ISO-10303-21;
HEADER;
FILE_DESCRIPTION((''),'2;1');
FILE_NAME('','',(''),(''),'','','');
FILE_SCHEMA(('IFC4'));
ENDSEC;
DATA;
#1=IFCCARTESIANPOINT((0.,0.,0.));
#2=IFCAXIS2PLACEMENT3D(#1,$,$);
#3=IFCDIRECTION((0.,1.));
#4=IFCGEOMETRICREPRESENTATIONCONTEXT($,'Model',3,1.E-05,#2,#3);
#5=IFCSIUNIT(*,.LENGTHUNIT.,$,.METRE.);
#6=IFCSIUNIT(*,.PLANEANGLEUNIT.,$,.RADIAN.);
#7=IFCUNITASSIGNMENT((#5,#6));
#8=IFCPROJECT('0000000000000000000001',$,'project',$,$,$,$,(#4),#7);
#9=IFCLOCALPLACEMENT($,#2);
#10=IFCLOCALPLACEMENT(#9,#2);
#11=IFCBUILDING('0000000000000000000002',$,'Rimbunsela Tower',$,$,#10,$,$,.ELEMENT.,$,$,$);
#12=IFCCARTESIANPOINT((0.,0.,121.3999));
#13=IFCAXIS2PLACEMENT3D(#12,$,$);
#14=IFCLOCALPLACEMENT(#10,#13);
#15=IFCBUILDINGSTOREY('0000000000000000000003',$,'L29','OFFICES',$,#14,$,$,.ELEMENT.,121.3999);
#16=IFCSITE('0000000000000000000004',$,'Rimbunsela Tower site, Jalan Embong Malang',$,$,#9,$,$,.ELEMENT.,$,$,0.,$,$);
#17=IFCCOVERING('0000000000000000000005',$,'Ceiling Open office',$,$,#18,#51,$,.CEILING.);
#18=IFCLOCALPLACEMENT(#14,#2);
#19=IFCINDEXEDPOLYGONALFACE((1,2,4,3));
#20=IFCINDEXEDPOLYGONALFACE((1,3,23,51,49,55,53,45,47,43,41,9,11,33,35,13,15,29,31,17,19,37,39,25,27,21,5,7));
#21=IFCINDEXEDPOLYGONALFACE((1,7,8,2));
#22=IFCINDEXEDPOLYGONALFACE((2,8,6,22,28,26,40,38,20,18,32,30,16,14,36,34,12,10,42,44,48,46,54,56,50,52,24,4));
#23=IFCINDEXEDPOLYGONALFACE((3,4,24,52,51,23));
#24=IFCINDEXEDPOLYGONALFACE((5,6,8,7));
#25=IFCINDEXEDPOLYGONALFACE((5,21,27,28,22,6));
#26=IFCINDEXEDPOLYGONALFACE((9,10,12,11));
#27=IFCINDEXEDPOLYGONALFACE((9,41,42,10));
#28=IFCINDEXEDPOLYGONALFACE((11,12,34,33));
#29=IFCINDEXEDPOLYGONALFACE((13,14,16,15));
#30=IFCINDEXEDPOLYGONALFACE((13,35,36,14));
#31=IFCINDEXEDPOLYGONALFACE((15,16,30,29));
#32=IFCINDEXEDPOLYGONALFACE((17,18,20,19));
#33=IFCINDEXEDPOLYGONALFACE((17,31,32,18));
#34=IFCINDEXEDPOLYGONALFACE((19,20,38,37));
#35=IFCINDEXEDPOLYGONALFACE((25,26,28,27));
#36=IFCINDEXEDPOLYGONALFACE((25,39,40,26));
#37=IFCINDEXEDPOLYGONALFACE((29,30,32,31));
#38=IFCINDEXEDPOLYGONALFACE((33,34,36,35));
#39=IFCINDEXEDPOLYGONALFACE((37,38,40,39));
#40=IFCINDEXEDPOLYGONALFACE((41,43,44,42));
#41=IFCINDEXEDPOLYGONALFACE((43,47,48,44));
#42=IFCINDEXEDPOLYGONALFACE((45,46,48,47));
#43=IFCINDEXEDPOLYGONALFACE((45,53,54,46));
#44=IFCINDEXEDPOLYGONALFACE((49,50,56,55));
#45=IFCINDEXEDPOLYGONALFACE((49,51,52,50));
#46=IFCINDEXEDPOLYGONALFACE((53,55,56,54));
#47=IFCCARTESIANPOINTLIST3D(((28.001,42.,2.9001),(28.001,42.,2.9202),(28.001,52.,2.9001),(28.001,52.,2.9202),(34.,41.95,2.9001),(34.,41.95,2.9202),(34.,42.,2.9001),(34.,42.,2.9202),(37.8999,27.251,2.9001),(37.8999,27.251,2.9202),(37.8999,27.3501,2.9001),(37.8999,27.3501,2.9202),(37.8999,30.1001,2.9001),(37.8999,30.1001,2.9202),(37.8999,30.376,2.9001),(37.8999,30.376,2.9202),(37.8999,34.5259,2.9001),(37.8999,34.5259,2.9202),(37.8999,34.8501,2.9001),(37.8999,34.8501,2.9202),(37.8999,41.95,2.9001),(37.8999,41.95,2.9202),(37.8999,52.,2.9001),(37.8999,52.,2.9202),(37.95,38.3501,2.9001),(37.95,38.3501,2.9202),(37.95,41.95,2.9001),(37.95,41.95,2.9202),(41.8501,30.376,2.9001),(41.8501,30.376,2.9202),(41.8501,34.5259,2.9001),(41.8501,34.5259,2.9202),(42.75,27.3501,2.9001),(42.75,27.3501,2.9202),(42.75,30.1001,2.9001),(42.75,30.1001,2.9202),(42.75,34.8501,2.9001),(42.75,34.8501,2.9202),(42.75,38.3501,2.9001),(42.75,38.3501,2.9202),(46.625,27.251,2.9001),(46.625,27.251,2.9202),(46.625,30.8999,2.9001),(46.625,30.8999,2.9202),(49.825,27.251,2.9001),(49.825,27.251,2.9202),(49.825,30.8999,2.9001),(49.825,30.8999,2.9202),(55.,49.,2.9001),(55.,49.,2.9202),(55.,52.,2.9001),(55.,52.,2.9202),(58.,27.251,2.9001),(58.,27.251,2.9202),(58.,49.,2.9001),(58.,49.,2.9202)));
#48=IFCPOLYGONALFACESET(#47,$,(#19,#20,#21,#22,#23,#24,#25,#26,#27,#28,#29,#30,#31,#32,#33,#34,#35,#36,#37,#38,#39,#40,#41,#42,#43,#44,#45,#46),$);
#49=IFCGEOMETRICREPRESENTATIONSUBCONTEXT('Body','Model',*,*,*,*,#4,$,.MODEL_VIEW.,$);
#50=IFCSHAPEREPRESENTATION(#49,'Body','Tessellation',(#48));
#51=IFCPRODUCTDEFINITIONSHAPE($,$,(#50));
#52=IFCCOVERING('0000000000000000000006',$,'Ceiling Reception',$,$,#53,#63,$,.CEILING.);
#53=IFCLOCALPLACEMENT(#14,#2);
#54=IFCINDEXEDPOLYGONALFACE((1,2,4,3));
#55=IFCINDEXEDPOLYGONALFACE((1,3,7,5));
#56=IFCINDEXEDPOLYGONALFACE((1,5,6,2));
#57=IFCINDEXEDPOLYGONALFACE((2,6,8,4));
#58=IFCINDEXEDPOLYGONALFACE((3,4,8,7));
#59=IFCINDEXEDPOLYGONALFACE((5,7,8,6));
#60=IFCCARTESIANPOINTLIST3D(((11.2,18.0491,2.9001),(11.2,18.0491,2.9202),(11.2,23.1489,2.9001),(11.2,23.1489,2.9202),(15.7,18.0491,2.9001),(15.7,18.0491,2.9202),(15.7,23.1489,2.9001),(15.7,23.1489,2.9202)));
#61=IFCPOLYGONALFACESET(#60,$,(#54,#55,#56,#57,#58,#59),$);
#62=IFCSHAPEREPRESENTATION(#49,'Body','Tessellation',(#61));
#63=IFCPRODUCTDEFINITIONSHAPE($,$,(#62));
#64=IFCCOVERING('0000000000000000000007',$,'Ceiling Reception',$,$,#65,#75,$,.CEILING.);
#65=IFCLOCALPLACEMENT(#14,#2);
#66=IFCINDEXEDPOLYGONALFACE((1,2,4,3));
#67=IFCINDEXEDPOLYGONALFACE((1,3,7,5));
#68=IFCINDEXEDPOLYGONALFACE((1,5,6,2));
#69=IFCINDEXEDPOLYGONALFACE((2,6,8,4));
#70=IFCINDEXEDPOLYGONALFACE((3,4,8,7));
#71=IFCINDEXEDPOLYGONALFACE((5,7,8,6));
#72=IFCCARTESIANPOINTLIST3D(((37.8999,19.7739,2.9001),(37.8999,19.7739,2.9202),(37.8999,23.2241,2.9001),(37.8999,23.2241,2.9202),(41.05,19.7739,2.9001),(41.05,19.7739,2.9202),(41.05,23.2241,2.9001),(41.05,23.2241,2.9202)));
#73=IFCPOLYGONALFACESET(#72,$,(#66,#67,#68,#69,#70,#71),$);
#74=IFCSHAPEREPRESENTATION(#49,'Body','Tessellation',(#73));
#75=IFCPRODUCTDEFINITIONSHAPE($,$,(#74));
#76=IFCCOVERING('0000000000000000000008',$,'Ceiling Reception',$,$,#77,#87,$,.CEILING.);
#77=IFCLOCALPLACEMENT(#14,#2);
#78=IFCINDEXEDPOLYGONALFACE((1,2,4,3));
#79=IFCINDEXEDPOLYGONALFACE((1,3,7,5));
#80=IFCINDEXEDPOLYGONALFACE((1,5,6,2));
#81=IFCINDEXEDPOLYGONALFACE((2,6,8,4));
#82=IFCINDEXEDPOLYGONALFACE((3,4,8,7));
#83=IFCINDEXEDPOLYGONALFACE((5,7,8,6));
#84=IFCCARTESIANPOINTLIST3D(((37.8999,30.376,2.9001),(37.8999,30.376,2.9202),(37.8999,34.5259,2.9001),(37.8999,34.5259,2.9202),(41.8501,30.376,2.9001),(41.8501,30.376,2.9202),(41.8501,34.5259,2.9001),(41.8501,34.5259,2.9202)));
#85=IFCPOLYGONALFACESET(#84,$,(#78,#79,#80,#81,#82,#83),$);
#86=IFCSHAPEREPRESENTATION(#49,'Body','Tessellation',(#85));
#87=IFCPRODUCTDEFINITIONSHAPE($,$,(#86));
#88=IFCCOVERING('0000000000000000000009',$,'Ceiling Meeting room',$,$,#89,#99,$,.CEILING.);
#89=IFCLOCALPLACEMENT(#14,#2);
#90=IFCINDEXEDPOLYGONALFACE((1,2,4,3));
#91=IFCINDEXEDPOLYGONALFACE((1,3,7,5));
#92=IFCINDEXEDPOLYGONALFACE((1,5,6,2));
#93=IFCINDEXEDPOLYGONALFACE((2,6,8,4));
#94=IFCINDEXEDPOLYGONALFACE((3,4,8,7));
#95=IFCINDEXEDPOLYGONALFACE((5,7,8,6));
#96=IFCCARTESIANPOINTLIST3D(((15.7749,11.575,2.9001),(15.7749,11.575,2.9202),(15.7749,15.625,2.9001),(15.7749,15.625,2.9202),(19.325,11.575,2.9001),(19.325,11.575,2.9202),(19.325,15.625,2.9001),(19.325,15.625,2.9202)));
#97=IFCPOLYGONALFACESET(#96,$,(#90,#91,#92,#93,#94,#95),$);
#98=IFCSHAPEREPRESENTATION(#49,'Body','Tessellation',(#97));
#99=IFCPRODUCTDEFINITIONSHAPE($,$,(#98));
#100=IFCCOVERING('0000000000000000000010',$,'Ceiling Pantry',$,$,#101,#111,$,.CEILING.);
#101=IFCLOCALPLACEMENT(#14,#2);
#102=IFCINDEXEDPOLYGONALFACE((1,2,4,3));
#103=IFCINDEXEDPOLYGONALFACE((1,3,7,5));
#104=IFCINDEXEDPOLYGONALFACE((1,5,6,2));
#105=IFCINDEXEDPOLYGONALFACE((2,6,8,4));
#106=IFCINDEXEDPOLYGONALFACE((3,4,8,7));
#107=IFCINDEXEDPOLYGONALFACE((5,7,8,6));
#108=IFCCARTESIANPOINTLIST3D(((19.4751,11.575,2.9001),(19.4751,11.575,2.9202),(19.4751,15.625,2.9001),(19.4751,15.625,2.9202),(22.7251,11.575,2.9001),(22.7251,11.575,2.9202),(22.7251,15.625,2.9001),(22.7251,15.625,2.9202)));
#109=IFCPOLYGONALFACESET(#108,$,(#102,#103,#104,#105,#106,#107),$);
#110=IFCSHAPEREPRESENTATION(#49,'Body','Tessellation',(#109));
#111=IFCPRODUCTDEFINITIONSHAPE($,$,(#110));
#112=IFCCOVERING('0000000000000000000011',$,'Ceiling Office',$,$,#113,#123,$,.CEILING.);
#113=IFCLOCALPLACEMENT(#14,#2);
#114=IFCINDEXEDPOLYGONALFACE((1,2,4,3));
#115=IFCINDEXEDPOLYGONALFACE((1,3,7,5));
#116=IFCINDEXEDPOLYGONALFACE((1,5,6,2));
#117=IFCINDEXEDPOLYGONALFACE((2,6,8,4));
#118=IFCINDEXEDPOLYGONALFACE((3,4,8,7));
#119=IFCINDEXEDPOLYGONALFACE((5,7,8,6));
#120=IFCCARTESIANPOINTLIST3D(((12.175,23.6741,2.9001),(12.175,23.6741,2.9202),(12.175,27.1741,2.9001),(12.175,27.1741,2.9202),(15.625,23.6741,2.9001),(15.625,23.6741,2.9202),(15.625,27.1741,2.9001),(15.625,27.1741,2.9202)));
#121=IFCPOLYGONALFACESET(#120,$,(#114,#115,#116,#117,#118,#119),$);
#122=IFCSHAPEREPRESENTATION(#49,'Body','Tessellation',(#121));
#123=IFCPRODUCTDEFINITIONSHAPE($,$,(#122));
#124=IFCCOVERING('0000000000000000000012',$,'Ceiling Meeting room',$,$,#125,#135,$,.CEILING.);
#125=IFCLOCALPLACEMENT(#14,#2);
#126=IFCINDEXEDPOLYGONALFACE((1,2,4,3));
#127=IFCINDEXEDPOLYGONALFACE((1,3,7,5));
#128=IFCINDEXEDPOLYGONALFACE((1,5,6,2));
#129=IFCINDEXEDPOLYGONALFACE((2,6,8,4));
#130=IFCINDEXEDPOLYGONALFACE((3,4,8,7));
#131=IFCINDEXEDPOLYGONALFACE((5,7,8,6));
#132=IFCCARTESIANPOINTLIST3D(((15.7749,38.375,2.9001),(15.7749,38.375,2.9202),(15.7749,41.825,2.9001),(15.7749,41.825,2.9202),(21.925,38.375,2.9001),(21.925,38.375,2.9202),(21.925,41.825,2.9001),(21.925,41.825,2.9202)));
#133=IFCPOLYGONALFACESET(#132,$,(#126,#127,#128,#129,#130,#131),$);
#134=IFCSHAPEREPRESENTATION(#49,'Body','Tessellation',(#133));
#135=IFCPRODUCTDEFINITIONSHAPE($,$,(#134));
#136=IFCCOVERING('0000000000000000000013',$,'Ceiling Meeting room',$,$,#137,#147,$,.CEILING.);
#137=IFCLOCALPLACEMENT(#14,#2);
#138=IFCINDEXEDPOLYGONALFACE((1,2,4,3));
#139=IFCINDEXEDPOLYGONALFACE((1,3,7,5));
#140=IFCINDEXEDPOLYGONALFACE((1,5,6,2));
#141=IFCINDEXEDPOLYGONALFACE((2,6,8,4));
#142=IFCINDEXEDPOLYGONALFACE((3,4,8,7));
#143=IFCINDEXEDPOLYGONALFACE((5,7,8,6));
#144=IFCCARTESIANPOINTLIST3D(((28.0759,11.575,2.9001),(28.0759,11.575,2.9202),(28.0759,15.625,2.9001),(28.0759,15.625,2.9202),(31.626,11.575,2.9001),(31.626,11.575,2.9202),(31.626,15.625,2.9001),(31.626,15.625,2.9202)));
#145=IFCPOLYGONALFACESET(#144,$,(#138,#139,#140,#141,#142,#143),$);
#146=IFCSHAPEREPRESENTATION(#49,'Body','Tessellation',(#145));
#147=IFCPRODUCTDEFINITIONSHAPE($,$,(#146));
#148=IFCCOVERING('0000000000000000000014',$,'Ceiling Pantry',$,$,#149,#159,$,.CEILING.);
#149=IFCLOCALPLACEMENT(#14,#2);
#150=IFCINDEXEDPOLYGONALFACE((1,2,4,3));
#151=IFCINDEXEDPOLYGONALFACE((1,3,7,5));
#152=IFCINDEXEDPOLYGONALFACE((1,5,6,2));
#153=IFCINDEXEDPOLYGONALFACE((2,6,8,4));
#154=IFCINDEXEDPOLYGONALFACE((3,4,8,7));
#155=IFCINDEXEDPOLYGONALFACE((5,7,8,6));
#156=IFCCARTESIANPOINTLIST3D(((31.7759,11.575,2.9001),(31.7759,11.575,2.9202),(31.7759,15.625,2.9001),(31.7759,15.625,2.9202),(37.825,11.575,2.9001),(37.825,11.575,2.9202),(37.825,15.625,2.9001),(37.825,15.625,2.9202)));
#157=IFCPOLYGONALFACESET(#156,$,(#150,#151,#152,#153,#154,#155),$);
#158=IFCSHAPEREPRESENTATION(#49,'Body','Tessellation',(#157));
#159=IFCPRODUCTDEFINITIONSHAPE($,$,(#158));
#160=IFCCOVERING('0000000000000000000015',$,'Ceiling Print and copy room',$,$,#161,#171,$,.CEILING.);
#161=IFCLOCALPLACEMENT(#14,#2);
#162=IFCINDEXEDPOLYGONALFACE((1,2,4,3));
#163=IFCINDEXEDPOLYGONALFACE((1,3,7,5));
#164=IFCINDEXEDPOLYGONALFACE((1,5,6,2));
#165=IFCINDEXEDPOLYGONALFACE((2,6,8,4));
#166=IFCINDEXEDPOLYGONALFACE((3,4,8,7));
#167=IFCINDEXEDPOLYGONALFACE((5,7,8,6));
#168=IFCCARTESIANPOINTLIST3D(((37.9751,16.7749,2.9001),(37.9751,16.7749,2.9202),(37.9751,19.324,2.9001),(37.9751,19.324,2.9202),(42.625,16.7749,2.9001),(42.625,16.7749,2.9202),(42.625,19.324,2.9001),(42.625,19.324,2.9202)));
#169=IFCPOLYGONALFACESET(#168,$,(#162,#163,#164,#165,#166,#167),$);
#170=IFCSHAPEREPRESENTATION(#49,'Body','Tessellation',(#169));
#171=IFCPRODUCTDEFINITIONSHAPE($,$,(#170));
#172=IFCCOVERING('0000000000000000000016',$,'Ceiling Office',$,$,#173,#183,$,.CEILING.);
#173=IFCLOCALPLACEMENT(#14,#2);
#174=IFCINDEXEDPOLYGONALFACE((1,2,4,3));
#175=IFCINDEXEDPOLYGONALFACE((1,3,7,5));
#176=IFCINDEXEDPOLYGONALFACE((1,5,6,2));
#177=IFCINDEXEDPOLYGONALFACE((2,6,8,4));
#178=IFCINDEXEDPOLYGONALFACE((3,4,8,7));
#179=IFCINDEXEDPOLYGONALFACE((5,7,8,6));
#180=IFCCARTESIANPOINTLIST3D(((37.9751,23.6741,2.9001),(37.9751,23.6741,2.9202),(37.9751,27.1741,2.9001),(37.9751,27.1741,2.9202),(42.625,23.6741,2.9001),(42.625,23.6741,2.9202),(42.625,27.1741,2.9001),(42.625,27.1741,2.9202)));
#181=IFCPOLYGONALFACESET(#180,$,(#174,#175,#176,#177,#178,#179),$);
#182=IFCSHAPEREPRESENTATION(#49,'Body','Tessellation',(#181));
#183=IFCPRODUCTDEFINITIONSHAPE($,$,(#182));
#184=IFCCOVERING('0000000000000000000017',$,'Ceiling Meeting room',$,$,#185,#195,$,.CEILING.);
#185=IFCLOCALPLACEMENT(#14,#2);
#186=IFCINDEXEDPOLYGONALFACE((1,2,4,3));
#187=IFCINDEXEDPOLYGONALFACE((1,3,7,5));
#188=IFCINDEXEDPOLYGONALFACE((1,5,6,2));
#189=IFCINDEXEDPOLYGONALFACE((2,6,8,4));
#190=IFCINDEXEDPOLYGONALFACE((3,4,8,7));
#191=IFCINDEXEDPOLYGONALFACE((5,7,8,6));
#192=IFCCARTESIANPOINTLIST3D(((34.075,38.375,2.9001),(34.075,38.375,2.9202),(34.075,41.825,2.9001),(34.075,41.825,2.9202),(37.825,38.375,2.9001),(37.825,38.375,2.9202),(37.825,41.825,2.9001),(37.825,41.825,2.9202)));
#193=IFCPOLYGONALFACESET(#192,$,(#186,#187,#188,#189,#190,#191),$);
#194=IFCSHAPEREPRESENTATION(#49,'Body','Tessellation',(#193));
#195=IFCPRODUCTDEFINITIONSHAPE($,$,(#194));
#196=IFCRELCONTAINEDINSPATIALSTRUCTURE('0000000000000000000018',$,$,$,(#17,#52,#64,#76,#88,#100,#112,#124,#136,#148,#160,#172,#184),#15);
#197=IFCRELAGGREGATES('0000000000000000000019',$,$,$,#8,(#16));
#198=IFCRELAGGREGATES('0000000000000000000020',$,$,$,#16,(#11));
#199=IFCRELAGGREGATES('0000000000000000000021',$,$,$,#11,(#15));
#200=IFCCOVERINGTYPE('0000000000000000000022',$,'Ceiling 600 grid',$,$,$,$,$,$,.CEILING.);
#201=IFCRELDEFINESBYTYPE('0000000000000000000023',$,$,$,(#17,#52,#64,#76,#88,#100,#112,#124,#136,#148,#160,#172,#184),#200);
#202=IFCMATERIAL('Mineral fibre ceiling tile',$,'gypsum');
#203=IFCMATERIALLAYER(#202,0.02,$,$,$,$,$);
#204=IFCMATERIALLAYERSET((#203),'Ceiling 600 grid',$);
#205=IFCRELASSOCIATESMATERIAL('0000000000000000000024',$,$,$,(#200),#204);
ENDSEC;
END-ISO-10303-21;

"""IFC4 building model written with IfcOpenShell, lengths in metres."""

from ifc_helpers import new_model, si_unit, direction, frame, origin, place, context, subcontext, project, spatial, polyline, outline, extrude, material, layer, layer_set, type_object, element, save


model = new_model("IFC4")

# Units and contexts
model_context = context("Model", 3, precision=1e-05, world=origin(), true_north=direction((0.0, 1.0)))
body_context = subcontext(model_context, "Body", "Model", "MODEL_VIEW")
ifc_project = project(units=[si_unit("LENGTHUNIT", "METRE"), si_unit("PLANEANGLEUNIT", "RADIAN")], contexts=[model_context])

# Site, building, storey
site_placement = place(None, origin())
site = spatial("IfcSite", under=ifc_project, at=site_placement, Name="Rimbunsela Tower site, Jalan Embong Malang", CompositionType="ELEMENT", RefElevation=0.0)
building_placement = place(site_placement, origin())
building = spatial("IfcBuilding", under=site, at=building_placement, Name="Rimbunsela Tower", CompositionType="ELEMENT")
storey_placement = place(building_placement, frame((0.0, 0.0, 121.3999)))
storey = spatial("IfcBuildingStorey", under=building, at=storey_placement, Name="L29", Description="OFFICES", CompositionType="ELEMENT", Elevation=121.3999)

# Coverings
ifc_material_1 = material(Name="Mineral fibre ceiling tile", Category="gypsum")
ifc_layer_1 = layer(ifc_material_1, 0.02)
ifc_layer_set_1 = layer_set([ifc_layer_1], Name="Ceiling 600 grid")
covering_type_1 = type_object("IfcCoveringType", Name="Ceiling 600 grid", PredefinedType="CEILING", material=ifc_layer_set_1)
covering_1_placement = place(storey_placement, frame((0.0, 0.0, 2.9001)))
element("IfcCovering", 1, at=covering_1_placement, inside=storey, type_object=covering_type_1, Name="Ceiling Open office", PredefinedType="CEILING", context=body_context, shape_type="SweptSolid", body=[
    extrude(outline(polyline([(49.825, 27.251), (49.825, 30.8999), (46.625, 30.8999), (46.625, 27.251), (37.8999, 27.251), (37.8999, 27.3501), (42.75, 27.3501), (42.75, 30.1001), (37.8999, 30.1001), (37.8999, 30.376), (41.8501, 30.376), (41.8501, 34.5259), (37.8999, 34.5259), (37.8999, 34.8501), (42.75, 34.8501), (42.75, 38.3501), (37.95, 38.3501), (37.95, 41.95), (37.8999, 41.95), (34.0, 41.95), (34.0, 42.0), (28.001, 42.0), (28.001, 52.0), (37.8999, 52.0), (55.0, 52.0), (55.0, 49.0), (58.0, 49.0), (58.0, 27.251), (49.825, 27.251)])), origin(), (0.0, 0.0, 1.0), 0.02),
])
covering_2_placement = place(storey_placement, frame((0.0, 0.0, 2.9001)))
element("IfcCovering", 2, at=covering_2_placement, inside=storey, type_object=covering_type_1, Name="Ceiling Reception", PredefinedType="CEILING", context=body_context, shape_type="SweptSolid", body=[
    extrude(outline(polyline([(15.7, 18.0491), (15.7, 23.1489), (11.2, 23.1489), (11.2, 18.0491), (15.7, 18.0491)])), origin(), (0.0, 0.0, 1.0), 0.02),
])
covering_3_placement = place(storey_placement, frame((0.0, 0.0, 2.9001)))
element("IfcCovering", 3, at=covering_3_placement, inside=storey, type_object=covering_type_1, Name="Ceiling Reception", PredefinedType="CEILING", context=body_context, shape_type="SweptSolid", body=[
    extrude(outline(polyline([(41.05, 19.7739), (41.05, 23.2241), (37.8999, 23.2241), (37.8999, 19.7739), (41.05, 19.7739)])), origin(), (0.0, 0.0, 1.0), 0.02),
])
covering_4_placement = place(storey_placement, frame((0.0, 0.0, 2.9001)))
element("IfcCovering", 4, at=covering_4_placement, inside=storey, type_object=covering_type_1, Name="Ceiling Reception", PredefinedType="CEILING", context=body_context, shape_type="SweptSolid", body=[
    extrude(outline(polyline([(41.8501, 30.376), (41.8501, 34.5259), (37.8999, 34.5259), (37.8999, 30.376), (41.8501, 30.376)])), origin(), (0.0, 0.0, 1.0), 0.02),
])
covering_5_placement = place(storey_placement, frame((0.0, 0.0, 2.9001)))
element("IfcCovering", 5, at=covering_5_placement, inside=storey, type_object=covering_type_1, Name="Ceiling Meeting room", PredefinedType="CEILING", context=body_context, shape_type="SweptSolid", body=[
    extrude(outline(polyline([(19.325, 11.575), (19.325, 15.625), (15.7749, 15.625), (15.7749, 11.575), (19.325, 11.575)])), origin(), (0.0, 0.0, 1.0), 0.02),
])
covering_6_placement = place(storey_placement, frame((0.0, 0.0, 2.9001)))
element("IfcCovering", 6, at=covering_6_placement, inside=storey, type_object=covering_type_1, Name="Ceiling Pantry", PredefinedType="CEILING", context=body_context, shape_type="SweptSolid", body=[
    extrude(outline(polyline([(22.7251, 11.575), (22.7251, 15.625), (19.4751, 15.625), (19.4751, 11.575), (22.7251, 11.575)])), origin(), (0.0, 0.0, 1.0), 0.02),
])
covering_7_placement = place(storey_placement, frame((0.0, 0.0, 2.9001)))
element("IfcCovering", 7, at=covering_7_placement, inside=storey, type_object=covering_type_1, Name="Ceiling Office", PredefinedType="CEILING", context=body_context, shape_type="SweptSolid", body=[
    extrude(outline(polyline([(15.625, 23.6741), (15.625, 27.1741), (12.175, 27.1741), (12.175, 23.6741), (15.625, 23.6741)])), origin(), (0.0, 0.0, 1.0), 0.02),
])
covering_8_placement = place(storey_placement, frame((0.0, 0.0, 2.9001)))
element("IfcCovering", 8, at=covering_8_placement, inside=storey, type_object=covering_type_1, Name="Ceiling Meeting room", PredefinedType="CEILING", context=body_context, shape_type="SweptSolid", body=[
    extrude(outline(polyline([(21.925, 38.375), (21.925, 41.825), (15.7749, 41.825), (15.7749, 38.375), (21.925, 38.375)])), origin(), (0.0, 0.0, 1.0), 0.02),
])
covering_9_placement = place(storey_placement, frame((0.0, 0.0, 2.9001)))
element("IfcCovering", 9, at=covering_9_placement, inside=storey, type_object=covering_type_1, Name="Ceiling Meeting room", PredefinedType="CEILING", context=body_context, shape_type="SweptSolid", body=[
    extrude(outline(polyline([(31.626, 11.575), (31.626, 15.625), (28.0759, 15.625), (28.0759, 11.575), (31.626, 11.575)])), origin(), (0.0, 0.0, 1.0), 0.02),
])
covering_10_placement = place(storey_placement, frame((0.0, 0.0, 2.9001)))
element("IfcCovering", 10, at=covering_10_placement, inside=storey, type_object=covering_type_1, Name="Ceiling Pantry", PredefinedType="CEILING", context=body_context, shape_type="SweptSolid", body=[
    extrude(outline(polyline([(37.825, 11.575), (37.825, 15.625), (31.7759, 15.625), (31.7759, 11.575), (37.825, 11.575)])), origin(), (0.0, 0.0, 1.0), 0.02),
])
covering_11_placement = place(storey_placement, frame((0.0, 0.0, 2.9001)))
element("IfcCovering", 11, at=covering_11_placement, inside=storey, type_object=covering_type_1, Name="Ceiling Print and copy room", PredefinedType="CEILING", context=body_context, shape_type="SweptSolid", body=[
    extrude(outline(polyline([(42.625, 16.7749), (42.625, 19.324), (37.9751, 19.324), (37.9751, 16.7749), (42.625, 16.7749)])), origin(), (0.0, 0.0, 1.0), 0.02),
])
covering_12_placement = place(storey_placement, frame((0.0, 0.0, 2.9001)))
element("IfcCovering", 12, at=covering_12_placement, inside=storey, type_object=covering_type_1, Name="Ceiling Office", PredefinedType="CEILING", context=body_context, shape_type="SweptSolid", body=[
    extrude(outline(polyline([(42.625, 23.6741), (42.625, 27.1741), (37.9751, 27.1741), (37.9751, 23.6741), (42.625, 23.6741)])), origin(), (0.0, 0.0, 1.0), 0.02),
])
covering_13_placement = place(storey_placement, frame((0.0, 0.0, 2.9001)))
element("IfcCovering", 13, at=covering_13_placement, inside=storey, type_object=covering_type_1, Name="Ceiling Meeting room", PredefinedType="CEILING", context=body_context, shape_type="SweptSolid", body=[
    extrude(outline(polyline([(37.825, 38.375), (37.825, 41.825), (34.075, 41.825), (34.075, 38.375), (37.825, 38.375)])), origin(), (0.0, 0.0, 1.0), 0.02),
])

save(model, "model.ifc")
